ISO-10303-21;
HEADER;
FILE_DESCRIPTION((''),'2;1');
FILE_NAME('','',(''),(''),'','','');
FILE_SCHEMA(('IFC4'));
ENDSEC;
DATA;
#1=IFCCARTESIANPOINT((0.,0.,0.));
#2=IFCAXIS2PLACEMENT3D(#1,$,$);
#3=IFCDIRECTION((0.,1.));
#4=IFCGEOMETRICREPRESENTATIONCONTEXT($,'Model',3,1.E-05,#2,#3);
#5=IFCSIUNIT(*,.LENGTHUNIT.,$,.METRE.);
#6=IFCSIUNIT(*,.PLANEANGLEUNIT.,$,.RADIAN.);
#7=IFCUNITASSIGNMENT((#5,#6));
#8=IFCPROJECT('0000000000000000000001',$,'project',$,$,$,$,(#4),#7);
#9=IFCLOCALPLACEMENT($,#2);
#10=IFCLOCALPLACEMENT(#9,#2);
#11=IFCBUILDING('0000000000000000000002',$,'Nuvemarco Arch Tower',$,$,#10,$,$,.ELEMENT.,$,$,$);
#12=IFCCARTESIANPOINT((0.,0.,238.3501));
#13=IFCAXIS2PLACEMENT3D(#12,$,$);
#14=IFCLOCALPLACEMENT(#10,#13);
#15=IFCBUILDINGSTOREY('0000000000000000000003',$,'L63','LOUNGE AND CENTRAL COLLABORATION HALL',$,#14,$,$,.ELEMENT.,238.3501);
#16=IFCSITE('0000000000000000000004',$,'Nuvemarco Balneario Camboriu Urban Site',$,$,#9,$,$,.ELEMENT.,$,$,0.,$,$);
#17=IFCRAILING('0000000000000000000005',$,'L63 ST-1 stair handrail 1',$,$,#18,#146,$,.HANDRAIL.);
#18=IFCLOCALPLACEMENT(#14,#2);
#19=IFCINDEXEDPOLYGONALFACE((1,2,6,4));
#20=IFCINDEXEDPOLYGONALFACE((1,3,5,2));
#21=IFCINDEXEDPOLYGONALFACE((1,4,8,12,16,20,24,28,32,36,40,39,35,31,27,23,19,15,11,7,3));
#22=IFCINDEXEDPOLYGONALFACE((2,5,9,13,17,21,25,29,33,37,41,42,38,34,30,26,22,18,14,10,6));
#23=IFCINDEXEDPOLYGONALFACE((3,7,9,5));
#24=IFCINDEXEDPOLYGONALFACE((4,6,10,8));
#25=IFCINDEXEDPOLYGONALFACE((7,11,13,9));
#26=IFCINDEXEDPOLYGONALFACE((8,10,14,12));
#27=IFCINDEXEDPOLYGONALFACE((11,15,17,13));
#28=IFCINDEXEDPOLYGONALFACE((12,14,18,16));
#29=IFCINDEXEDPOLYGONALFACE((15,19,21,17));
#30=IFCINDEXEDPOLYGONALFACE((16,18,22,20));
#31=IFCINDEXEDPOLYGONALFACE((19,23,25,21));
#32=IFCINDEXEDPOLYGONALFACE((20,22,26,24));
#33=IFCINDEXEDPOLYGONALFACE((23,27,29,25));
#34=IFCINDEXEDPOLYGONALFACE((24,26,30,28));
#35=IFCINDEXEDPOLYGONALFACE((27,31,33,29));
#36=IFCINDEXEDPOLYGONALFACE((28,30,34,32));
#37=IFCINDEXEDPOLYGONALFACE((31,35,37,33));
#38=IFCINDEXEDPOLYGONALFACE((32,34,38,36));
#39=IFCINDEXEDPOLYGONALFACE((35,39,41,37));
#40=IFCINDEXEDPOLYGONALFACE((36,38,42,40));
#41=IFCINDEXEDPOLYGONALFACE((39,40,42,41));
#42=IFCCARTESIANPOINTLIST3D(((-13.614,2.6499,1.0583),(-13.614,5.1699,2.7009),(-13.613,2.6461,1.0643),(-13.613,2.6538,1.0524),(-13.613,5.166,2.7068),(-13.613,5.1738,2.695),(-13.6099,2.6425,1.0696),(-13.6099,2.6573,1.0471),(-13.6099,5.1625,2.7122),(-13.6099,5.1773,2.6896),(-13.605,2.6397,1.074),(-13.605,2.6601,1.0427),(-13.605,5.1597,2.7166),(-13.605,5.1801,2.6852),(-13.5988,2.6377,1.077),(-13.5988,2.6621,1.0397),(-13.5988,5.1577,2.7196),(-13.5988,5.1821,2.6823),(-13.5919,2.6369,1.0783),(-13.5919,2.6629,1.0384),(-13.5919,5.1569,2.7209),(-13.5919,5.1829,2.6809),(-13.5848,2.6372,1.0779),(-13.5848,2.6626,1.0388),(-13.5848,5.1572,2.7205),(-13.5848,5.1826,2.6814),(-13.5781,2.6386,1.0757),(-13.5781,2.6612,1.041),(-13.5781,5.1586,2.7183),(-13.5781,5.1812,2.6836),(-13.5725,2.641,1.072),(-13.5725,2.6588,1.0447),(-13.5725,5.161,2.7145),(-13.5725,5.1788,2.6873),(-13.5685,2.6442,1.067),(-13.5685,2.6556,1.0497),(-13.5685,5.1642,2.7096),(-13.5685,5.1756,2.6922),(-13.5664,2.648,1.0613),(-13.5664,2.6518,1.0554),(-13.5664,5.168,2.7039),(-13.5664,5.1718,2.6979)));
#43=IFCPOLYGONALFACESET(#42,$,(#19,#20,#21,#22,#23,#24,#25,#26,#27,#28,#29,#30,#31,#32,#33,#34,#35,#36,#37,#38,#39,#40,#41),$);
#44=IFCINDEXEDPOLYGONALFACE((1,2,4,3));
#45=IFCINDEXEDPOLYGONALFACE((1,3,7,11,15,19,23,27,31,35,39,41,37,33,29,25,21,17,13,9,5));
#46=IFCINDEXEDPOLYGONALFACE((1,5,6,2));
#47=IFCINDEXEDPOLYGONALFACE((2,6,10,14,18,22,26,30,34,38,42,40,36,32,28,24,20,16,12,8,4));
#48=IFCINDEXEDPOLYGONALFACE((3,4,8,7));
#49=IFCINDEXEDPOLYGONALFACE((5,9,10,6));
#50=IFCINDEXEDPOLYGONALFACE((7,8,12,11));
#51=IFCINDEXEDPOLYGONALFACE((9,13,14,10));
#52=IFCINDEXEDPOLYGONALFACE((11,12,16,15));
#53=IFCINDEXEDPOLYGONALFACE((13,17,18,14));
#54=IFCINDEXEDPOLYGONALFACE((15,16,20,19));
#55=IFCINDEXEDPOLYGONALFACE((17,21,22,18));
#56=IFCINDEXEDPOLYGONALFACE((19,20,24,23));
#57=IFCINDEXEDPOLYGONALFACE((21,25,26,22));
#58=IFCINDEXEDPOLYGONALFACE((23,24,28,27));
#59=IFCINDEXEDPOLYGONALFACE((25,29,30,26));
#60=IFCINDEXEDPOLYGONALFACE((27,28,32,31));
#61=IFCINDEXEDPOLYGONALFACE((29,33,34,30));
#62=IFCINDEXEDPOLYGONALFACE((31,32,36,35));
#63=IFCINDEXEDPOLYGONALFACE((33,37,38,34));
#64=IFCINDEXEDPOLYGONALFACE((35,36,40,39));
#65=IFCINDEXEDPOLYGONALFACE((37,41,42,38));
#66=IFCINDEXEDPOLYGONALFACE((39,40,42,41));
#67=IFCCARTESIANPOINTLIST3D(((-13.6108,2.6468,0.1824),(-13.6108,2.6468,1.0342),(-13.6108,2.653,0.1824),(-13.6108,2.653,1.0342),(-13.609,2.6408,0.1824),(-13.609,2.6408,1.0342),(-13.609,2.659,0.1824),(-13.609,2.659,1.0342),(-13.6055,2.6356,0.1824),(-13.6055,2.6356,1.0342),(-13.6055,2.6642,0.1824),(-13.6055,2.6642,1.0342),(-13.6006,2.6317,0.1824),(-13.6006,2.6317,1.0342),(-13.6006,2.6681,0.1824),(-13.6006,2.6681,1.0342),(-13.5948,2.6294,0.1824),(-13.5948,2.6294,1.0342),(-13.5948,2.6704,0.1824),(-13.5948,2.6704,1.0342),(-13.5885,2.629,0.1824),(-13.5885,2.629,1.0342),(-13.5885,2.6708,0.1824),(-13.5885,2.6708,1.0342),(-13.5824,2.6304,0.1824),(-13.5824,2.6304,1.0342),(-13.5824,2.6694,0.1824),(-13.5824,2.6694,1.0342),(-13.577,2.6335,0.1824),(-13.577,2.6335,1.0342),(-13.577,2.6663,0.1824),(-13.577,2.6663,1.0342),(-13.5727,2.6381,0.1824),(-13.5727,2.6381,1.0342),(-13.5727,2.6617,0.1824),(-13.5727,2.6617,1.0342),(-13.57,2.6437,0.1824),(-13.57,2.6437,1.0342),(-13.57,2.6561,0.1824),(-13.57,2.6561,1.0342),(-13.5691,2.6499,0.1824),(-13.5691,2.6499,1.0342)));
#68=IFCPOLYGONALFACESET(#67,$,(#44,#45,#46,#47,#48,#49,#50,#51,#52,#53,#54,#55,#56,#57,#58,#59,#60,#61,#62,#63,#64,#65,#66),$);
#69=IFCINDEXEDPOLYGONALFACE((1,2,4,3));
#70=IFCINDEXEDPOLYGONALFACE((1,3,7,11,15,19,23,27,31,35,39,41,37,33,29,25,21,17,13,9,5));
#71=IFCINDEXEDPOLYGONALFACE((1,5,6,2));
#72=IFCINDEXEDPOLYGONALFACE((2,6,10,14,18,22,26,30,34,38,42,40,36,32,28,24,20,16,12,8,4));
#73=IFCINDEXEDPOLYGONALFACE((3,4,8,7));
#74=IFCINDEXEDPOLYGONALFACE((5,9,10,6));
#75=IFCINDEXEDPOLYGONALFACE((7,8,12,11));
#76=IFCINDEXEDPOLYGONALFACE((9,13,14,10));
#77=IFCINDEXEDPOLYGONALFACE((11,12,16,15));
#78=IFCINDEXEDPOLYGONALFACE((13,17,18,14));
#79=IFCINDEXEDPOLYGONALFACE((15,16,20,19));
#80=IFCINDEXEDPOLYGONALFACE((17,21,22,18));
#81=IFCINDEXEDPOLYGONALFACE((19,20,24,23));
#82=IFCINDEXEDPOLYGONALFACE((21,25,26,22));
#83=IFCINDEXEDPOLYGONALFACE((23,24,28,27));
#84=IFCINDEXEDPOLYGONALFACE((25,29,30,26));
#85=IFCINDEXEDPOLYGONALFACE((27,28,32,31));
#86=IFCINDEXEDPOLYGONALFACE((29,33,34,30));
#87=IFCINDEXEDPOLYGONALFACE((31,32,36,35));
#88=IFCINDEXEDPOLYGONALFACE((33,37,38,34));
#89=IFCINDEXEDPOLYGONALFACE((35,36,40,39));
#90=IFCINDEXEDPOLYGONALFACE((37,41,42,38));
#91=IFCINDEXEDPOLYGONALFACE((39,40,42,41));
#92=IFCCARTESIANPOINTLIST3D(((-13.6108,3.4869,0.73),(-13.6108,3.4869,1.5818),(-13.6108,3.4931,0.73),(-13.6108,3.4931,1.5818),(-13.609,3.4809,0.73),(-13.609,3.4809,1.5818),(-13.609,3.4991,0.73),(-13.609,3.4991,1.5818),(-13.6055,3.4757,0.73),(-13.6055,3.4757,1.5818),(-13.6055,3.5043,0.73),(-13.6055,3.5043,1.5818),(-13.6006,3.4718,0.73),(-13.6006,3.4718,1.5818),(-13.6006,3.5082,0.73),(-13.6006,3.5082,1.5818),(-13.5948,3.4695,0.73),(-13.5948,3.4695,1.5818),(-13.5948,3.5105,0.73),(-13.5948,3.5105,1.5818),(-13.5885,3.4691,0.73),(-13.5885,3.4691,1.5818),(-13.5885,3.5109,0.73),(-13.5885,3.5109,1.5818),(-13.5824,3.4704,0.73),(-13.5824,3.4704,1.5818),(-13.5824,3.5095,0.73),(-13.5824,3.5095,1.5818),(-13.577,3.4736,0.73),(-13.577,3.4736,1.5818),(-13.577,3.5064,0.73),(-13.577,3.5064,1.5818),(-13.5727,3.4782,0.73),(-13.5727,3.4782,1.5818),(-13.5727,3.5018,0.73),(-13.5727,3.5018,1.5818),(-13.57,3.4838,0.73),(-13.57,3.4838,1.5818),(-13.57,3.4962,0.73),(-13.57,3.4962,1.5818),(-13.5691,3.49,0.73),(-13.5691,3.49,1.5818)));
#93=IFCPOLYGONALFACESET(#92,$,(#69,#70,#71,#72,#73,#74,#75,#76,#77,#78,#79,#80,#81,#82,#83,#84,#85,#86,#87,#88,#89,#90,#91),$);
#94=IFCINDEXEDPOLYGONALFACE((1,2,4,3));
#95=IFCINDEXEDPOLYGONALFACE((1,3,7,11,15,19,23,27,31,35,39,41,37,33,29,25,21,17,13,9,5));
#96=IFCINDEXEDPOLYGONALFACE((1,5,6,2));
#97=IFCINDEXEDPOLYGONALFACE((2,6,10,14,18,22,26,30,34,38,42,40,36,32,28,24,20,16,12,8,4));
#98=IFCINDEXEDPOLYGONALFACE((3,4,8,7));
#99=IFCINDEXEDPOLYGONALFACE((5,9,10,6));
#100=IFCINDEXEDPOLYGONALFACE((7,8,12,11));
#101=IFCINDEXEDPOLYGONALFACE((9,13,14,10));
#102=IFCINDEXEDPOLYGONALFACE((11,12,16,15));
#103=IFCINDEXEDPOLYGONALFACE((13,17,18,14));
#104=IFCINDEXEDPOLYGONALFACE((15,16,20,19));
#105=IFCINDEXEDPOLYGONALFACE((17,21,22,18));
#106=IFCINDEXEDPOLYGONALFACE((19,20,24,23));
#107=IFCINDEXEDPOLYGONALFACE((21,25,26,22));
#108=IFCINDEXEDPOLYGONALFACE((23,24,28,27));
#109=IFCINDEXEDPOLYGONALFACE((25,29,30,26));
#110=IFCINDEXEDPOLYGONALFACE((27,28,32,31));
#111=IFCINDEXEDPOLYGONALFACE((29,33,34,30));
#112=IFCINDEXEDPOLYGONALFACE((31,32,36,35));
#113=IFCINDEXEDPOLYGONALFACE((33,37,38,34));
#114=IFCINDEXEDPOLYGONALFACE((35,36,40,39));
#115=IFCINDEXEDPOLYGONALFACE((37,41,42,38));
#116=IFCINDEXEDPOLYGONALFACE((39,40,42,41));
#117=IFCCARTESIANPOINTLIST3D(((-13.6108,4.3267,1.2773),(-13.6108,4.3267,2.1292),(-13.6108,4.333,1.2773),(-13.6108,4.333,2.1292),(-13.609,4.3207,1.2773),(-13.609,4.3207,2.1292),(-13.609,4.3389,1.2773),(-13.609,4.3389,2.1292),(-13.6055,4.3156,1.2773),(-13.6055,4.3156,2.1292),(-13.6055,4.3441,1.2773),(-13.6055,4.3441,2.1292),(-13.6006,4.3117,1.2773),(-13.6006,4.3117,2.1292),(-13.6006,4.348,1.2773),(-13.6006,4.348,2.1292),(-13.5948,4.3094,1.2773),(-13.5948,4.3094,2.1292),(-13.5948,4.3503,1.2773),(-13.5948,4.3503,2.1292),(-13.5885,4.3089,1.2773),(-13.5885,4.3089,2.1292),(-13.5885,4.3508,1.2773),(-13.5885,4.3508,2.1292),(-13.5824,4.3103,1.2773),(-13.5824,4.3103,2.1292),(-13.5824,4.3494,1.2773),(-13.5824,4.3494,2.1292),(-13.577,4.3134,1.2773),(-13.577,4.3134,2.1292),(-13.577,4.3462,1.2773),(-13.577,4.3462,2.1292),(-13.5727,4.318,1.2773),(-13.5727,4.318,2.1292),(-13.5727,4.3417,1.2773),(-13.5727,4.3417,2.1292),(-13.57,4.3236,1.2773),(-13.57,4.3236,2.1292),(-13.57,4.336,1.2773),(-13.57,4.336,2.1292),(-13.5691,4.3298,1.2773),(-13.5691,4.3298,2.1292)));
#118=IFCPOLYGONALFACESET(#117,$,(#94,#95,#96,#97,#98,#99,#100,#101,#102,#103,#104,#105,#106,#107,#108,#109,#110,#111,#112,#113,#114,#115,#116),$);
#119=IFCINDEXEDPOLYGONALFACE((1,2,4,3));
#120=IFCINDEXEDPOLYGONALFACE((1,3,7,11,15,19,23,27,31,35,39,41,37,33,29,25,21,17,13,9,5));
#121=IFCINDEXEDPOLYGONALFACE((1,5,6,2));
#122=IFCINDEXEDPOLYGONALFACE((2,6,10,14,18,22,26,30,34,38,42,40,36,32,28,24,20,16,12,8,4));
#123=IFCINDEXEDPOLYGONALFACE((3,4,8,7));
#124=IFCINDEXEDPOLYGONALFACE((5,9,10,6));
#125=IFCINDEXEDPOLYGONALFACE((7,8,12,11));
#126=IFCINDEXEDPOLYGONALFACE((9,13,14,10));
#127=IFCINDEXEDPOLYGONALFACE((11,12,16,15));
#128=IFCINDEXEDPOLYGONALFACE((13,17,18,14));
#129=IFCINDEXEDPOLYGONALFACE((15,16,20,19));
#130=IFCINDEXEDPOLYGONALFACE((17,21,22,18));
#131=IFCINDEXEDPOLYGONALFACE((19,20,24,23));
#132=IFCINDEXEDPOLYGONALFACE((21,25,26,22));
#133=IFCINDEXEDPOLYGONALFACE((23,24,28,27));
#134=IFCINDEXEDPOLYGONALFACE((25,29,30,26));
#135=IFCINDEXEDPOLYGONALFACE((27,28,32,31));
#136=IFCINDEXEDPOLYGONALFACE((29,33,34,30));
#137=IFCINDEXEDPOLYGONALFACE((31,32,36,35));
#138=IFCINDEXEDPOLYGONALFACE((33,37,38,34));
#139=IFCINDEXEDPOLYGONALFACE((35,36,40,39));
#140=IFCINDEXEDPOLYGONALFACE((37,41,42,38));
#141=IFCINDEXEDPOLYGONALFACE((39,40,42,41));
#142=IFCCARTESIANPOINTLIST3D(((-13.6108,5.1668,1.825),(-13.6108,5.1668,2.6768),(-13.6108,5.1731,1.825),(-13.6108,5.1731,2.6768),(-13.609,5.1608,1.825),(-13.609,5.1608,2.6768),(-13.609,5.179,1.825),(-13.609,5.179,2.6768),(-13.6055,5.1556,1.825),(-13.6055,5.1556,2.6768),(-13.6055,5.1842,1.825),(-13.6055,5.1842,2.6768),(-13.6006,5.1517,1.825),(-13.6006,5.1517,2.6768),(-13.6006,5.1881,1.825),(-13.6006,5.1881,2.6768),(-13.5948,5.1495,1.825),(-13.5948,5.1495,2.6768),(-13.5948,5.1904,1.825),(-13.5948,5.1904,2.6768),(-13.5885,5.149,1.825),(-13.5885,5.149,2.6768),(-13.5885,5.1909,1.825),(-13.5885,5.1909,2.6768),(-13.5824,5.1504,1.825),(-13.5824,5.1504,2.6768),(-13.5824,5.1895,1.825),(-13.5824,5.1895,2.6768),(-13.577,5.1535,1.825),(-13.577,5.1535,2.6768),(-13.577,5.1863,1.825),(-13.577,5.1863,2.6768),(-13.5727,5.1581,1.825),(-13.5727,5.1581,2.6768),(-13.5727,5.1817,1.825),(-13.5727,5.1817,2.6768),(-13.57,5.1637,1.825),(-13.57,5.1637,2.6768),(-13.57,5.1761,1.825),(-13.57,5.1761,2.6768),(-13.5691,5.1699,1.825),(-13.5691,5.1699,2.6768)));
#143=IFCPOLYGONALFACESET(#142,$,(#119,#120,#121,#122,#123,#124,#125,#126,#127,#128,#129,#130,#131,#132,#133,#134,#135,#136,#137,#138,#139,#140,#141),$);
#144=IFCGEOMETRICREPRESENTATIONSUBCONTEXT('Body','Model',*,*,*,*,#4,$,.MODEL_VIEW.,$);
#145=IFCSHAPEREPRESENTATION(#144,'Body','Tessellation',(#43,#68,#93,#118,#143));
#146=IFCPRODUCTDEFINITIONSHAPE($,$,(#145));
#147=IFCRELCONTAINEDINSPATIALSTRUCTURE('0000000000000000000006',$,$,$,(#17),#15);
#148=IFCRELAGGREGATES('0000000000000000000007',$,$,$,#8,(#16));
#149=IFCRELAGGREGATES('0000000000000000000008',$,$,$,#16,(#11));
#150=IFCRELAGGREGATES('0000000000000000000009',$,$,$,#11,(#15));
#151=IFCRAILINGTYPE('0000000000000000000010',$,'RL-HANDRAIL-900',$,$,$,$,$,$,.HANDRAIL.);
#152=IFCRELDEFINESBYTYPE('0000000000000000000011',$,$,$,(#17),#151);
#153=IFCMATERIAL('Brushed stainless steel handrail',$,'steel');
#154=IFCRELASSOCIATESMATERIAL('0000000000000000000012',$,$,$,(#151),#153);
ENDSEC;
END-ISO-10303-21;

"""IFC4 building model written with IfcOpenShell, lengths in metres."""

from ifc_helpers import new_model, si_unit, direction, frame, origin, origin_2d, place, context, subcontext, project, spatial, circle, extrude, material, type_object, element, save


model = new_model("IFC4")

# Units and contexts
model_context = context("Model", 3, precision=1e-05, world=origin(), true_north=direction((0.0, 1.0)))
body_context = subcontext(model_context, "Body", "Model", "MODEL_VIEW")
ifc_project = project(units=[si_unit("LENGTHUNIT", "METRE"), si_unit("PLANEANGLEUNIT", "RADIAN")], contexts=[model_context])

# Site, building, storey
site_placement = place(None, origin())
site = spatial("IfcSite", under=ifc_project, at=site_placement, Name="Nuvemarco Balneario Camboriu Urban Site", CompositionType="ELEMENT", RefElevation=0.0)
building_placement = place(site_placement, origin())
building = spatial("IfcBuilding", under=site, at=building_placement, Name="Nuvemarco Arch Tower", CompositionType="ELEMENT")
storey_placement = place(building_placement, frame((0.0, 0.0, 238.3501)))
storey = spatial("IfcBuildingStorey", under=building, at=storey_placement, Name="L63", Description="LOUNGE AND CENTRAL COLLABORATION HALL", CompositionType="ELEMENT", Elevation=238.3501)

# Railing
ifc_material_1 = material(Name="Brushed stainless steel handrail", Category="steel")
railing_type_1 = type_object("IfcRailingType", Name="RL-HANDRAIL-900", PredefinedType="HANDRAIL", material=ifc_material_1)
railing_1_placement = place(storey_placement, frame((-13.5901, 2.6499, 0.1824)))
element("IfcRailing", 1, at=railing_1_placement, inside=storey, type_object=railing_type_1, Name="L63 ST-1 stair handrail 1", PredefinedType="HANDRAIL", context=body_context, shape_type="SweptSolid", body=[
    extrude(circle(Radius=0.0239, at=origin_2d()), frame((0.0, 0.0, 0.876), z_axis=(0.0, 0.837749, 0.546055), x_axis=(-1.0, 0.0, 0.0)), (0.0, 0.0, 1.0), 3.0081),
    extrude(circle(Radius=0.021, at=origin_2d()), origin(), (0.0, 0.0, 1.0), 0.8518),
    extrude(circle(Radius=0.021, at=origin_2d()), frame((0.0, 0.8401, 0.5476)), (0.0, 0.0, 1.0), 0.8518),
    extrude(circle(Radius=0.021, at=origin_2d()), frame((0.0, 1.6799, 1.095)), (0.0, 0.0, 1.0), 0.8518),
    extrude(circle(Radius=0.021, at=origin_2d()), frame((0.0, 2.52, 1.6426)), (0.0, 0.0, 1.0), 0.8518),
])

save(model, "model.ifc")
